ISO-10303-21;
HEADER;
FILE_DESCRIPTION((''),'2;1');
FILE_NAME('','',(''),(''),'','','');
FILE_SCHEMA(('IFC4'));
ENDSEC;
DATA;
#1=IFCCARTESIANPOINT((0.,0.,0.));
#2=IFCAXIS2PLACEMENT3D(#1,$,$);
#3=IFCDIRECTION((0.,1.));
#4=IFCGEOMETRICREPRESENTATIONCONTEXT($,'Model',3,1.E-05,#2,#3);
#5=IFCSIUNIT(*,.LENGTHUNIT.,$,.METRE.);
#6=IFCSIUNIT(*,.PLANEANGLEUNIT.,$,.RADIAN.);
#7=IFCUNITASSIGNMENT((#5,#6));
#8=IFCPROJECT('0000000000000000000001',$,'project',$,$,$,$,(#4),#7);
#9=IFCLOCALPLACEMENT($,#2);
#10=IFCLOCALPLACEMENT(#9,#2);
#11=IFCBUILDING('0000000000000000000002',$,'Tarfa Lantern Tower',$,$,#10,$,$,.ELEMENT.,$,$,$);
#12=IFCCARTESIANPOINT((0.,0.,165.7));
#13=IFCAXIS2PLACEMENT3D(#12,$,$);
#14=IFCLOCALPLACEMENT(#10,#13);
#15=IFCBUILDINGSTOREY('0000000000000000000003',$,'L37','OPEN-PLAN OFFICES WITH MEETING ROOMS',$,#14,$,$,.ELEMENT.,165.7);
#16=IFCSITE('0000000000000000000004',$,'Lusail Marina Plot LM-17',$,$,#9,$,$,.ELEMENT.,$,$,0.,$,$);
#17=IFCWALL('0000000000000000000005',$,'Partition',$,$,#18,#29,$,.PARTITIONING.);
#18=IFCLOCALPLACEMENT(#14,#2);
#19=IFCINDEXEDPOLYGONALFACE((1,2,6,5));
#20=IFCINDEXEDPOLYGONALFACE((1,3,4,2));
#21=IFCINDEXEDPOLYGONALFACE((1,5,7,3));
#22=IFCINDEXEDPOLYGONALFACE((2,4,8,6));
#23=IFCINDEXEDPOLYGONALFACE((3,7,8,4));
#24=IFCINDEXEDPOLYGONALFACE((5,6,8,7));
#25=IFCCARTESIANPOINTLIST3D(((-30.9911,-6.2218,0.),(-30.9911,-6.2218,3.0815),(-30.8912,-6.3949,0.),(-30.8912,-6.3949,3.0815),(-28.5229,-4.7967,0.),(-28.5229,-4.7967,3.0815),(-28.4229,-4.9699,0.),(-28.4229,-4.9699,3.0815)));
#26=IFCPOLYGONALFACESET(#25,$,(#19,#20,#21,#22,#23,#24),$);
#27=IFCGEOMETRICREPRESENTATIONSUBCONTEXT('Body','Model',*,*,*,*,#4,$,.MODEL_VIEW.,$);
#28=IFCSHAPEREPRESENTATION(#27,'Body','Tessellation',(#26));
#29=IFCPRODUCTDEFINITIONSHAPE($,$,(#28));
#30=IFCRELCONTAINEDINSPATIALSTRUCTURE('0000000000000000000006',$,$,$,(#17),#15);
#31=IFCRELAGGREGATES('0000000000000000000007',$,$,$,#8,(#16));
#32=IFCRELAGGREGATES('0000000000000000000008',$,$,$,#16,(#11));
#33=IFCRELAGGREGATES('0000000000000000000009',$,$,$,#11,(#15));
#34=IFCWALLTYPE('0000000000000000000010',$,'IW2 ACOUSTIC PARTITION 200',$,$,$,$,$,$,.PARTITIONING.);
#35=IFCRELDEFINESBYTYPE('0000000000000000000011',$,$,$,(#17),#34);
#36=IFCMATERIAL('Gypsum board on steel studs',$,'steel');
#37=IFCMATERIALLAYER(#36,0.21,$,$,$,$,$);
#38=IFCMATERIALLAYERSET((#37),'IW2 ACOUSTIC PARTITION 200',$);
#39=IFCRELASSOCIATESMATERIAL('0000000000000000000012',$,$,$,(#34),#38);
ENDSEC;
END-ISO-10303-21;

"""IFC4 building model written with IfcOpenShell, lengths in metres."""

from ifc_helpers import new_model, si_unit, direction, frame, frame_2d, origin, place, context, subcontext, project, spatial, rectangle, extrude, material, layer, layer_set, type_object, element, save


model = new_model("IFC4")

# Units and contexts
model_context = context("Model", 3, precision=1e-05, world=origin(), true_north=direction((0.0, 1.0)))
body_context = subcontext(model_context, "Body", "Model", "MODEL_VIEW")
ifc_project = project(units=[si_unit("LENGTHUNIT", "METRE"), si_unit("PLANEANGLEUNIT", "RADIAN")], contexts=[model_context])

# Site, building, storey
site_placement = place(None, origin())
site = spatial("IfcSite", under=ifc_project, at=site_placement, Name="Lusail Marina Plot LM-17", CompositionType="ELEMENT", RefElevation=0.0)
building_placement = place(site_placement, origin())
building = spatial("IfcBuilding", under=site, at=building_placement, Name="Tarfa Lantern Tower", CompositionType="ELEMENT")
storey_placement = place(building_placement, frame((0.0, 0.0, 165.7)))
storey = spatial("IfcBuildingStorey", under=building, at=storey_placement, Name="L37", Description="OPEN-PLAN OFFICES WITH MEETING ROOMS", CompositionType="ELEMENT", Elevation=165.7)

# Shared definitions
ifc_material_1 = material(Name="Gypsum board on steel studs", Category="steel")
ifc_layer_1 = layer(ifc_material_1, 0.21)
ifc_layer_set_1 = layer_set([ifc_layer_1], Name="IW2 ACOUSTIC PARTITION 200")
wall_type_1 = type_object("IfcWallType", Name="IW2 ACOUSTIC PARTITION 200", PredefinedType="PARTITIONING", material=ifc_layer_set_1)

# Wall
wall_1_placement = place(storey_placement, frame((-28.4729, -4.8833, 0.0), z_axis=(0.0, 0.0, 1.0), x_axis=(-0.866026, -0.499999, 0.0)))
element("IfcWall", 1, at=wall_1_placement, inside=storey, type_object=wall_type_1, Name="Partition", PredefinedType="PARTITIONING", context=body_context, shape_type="SweptSolid", body=[
    extrude(rectangle(XDim=2.8501, YDim=0.2, at=frame_2d((1.425, 0.0))), origin(), (0.0, 0.0, 1.0), 3.0815),
])

save(model, "model.ifc")
